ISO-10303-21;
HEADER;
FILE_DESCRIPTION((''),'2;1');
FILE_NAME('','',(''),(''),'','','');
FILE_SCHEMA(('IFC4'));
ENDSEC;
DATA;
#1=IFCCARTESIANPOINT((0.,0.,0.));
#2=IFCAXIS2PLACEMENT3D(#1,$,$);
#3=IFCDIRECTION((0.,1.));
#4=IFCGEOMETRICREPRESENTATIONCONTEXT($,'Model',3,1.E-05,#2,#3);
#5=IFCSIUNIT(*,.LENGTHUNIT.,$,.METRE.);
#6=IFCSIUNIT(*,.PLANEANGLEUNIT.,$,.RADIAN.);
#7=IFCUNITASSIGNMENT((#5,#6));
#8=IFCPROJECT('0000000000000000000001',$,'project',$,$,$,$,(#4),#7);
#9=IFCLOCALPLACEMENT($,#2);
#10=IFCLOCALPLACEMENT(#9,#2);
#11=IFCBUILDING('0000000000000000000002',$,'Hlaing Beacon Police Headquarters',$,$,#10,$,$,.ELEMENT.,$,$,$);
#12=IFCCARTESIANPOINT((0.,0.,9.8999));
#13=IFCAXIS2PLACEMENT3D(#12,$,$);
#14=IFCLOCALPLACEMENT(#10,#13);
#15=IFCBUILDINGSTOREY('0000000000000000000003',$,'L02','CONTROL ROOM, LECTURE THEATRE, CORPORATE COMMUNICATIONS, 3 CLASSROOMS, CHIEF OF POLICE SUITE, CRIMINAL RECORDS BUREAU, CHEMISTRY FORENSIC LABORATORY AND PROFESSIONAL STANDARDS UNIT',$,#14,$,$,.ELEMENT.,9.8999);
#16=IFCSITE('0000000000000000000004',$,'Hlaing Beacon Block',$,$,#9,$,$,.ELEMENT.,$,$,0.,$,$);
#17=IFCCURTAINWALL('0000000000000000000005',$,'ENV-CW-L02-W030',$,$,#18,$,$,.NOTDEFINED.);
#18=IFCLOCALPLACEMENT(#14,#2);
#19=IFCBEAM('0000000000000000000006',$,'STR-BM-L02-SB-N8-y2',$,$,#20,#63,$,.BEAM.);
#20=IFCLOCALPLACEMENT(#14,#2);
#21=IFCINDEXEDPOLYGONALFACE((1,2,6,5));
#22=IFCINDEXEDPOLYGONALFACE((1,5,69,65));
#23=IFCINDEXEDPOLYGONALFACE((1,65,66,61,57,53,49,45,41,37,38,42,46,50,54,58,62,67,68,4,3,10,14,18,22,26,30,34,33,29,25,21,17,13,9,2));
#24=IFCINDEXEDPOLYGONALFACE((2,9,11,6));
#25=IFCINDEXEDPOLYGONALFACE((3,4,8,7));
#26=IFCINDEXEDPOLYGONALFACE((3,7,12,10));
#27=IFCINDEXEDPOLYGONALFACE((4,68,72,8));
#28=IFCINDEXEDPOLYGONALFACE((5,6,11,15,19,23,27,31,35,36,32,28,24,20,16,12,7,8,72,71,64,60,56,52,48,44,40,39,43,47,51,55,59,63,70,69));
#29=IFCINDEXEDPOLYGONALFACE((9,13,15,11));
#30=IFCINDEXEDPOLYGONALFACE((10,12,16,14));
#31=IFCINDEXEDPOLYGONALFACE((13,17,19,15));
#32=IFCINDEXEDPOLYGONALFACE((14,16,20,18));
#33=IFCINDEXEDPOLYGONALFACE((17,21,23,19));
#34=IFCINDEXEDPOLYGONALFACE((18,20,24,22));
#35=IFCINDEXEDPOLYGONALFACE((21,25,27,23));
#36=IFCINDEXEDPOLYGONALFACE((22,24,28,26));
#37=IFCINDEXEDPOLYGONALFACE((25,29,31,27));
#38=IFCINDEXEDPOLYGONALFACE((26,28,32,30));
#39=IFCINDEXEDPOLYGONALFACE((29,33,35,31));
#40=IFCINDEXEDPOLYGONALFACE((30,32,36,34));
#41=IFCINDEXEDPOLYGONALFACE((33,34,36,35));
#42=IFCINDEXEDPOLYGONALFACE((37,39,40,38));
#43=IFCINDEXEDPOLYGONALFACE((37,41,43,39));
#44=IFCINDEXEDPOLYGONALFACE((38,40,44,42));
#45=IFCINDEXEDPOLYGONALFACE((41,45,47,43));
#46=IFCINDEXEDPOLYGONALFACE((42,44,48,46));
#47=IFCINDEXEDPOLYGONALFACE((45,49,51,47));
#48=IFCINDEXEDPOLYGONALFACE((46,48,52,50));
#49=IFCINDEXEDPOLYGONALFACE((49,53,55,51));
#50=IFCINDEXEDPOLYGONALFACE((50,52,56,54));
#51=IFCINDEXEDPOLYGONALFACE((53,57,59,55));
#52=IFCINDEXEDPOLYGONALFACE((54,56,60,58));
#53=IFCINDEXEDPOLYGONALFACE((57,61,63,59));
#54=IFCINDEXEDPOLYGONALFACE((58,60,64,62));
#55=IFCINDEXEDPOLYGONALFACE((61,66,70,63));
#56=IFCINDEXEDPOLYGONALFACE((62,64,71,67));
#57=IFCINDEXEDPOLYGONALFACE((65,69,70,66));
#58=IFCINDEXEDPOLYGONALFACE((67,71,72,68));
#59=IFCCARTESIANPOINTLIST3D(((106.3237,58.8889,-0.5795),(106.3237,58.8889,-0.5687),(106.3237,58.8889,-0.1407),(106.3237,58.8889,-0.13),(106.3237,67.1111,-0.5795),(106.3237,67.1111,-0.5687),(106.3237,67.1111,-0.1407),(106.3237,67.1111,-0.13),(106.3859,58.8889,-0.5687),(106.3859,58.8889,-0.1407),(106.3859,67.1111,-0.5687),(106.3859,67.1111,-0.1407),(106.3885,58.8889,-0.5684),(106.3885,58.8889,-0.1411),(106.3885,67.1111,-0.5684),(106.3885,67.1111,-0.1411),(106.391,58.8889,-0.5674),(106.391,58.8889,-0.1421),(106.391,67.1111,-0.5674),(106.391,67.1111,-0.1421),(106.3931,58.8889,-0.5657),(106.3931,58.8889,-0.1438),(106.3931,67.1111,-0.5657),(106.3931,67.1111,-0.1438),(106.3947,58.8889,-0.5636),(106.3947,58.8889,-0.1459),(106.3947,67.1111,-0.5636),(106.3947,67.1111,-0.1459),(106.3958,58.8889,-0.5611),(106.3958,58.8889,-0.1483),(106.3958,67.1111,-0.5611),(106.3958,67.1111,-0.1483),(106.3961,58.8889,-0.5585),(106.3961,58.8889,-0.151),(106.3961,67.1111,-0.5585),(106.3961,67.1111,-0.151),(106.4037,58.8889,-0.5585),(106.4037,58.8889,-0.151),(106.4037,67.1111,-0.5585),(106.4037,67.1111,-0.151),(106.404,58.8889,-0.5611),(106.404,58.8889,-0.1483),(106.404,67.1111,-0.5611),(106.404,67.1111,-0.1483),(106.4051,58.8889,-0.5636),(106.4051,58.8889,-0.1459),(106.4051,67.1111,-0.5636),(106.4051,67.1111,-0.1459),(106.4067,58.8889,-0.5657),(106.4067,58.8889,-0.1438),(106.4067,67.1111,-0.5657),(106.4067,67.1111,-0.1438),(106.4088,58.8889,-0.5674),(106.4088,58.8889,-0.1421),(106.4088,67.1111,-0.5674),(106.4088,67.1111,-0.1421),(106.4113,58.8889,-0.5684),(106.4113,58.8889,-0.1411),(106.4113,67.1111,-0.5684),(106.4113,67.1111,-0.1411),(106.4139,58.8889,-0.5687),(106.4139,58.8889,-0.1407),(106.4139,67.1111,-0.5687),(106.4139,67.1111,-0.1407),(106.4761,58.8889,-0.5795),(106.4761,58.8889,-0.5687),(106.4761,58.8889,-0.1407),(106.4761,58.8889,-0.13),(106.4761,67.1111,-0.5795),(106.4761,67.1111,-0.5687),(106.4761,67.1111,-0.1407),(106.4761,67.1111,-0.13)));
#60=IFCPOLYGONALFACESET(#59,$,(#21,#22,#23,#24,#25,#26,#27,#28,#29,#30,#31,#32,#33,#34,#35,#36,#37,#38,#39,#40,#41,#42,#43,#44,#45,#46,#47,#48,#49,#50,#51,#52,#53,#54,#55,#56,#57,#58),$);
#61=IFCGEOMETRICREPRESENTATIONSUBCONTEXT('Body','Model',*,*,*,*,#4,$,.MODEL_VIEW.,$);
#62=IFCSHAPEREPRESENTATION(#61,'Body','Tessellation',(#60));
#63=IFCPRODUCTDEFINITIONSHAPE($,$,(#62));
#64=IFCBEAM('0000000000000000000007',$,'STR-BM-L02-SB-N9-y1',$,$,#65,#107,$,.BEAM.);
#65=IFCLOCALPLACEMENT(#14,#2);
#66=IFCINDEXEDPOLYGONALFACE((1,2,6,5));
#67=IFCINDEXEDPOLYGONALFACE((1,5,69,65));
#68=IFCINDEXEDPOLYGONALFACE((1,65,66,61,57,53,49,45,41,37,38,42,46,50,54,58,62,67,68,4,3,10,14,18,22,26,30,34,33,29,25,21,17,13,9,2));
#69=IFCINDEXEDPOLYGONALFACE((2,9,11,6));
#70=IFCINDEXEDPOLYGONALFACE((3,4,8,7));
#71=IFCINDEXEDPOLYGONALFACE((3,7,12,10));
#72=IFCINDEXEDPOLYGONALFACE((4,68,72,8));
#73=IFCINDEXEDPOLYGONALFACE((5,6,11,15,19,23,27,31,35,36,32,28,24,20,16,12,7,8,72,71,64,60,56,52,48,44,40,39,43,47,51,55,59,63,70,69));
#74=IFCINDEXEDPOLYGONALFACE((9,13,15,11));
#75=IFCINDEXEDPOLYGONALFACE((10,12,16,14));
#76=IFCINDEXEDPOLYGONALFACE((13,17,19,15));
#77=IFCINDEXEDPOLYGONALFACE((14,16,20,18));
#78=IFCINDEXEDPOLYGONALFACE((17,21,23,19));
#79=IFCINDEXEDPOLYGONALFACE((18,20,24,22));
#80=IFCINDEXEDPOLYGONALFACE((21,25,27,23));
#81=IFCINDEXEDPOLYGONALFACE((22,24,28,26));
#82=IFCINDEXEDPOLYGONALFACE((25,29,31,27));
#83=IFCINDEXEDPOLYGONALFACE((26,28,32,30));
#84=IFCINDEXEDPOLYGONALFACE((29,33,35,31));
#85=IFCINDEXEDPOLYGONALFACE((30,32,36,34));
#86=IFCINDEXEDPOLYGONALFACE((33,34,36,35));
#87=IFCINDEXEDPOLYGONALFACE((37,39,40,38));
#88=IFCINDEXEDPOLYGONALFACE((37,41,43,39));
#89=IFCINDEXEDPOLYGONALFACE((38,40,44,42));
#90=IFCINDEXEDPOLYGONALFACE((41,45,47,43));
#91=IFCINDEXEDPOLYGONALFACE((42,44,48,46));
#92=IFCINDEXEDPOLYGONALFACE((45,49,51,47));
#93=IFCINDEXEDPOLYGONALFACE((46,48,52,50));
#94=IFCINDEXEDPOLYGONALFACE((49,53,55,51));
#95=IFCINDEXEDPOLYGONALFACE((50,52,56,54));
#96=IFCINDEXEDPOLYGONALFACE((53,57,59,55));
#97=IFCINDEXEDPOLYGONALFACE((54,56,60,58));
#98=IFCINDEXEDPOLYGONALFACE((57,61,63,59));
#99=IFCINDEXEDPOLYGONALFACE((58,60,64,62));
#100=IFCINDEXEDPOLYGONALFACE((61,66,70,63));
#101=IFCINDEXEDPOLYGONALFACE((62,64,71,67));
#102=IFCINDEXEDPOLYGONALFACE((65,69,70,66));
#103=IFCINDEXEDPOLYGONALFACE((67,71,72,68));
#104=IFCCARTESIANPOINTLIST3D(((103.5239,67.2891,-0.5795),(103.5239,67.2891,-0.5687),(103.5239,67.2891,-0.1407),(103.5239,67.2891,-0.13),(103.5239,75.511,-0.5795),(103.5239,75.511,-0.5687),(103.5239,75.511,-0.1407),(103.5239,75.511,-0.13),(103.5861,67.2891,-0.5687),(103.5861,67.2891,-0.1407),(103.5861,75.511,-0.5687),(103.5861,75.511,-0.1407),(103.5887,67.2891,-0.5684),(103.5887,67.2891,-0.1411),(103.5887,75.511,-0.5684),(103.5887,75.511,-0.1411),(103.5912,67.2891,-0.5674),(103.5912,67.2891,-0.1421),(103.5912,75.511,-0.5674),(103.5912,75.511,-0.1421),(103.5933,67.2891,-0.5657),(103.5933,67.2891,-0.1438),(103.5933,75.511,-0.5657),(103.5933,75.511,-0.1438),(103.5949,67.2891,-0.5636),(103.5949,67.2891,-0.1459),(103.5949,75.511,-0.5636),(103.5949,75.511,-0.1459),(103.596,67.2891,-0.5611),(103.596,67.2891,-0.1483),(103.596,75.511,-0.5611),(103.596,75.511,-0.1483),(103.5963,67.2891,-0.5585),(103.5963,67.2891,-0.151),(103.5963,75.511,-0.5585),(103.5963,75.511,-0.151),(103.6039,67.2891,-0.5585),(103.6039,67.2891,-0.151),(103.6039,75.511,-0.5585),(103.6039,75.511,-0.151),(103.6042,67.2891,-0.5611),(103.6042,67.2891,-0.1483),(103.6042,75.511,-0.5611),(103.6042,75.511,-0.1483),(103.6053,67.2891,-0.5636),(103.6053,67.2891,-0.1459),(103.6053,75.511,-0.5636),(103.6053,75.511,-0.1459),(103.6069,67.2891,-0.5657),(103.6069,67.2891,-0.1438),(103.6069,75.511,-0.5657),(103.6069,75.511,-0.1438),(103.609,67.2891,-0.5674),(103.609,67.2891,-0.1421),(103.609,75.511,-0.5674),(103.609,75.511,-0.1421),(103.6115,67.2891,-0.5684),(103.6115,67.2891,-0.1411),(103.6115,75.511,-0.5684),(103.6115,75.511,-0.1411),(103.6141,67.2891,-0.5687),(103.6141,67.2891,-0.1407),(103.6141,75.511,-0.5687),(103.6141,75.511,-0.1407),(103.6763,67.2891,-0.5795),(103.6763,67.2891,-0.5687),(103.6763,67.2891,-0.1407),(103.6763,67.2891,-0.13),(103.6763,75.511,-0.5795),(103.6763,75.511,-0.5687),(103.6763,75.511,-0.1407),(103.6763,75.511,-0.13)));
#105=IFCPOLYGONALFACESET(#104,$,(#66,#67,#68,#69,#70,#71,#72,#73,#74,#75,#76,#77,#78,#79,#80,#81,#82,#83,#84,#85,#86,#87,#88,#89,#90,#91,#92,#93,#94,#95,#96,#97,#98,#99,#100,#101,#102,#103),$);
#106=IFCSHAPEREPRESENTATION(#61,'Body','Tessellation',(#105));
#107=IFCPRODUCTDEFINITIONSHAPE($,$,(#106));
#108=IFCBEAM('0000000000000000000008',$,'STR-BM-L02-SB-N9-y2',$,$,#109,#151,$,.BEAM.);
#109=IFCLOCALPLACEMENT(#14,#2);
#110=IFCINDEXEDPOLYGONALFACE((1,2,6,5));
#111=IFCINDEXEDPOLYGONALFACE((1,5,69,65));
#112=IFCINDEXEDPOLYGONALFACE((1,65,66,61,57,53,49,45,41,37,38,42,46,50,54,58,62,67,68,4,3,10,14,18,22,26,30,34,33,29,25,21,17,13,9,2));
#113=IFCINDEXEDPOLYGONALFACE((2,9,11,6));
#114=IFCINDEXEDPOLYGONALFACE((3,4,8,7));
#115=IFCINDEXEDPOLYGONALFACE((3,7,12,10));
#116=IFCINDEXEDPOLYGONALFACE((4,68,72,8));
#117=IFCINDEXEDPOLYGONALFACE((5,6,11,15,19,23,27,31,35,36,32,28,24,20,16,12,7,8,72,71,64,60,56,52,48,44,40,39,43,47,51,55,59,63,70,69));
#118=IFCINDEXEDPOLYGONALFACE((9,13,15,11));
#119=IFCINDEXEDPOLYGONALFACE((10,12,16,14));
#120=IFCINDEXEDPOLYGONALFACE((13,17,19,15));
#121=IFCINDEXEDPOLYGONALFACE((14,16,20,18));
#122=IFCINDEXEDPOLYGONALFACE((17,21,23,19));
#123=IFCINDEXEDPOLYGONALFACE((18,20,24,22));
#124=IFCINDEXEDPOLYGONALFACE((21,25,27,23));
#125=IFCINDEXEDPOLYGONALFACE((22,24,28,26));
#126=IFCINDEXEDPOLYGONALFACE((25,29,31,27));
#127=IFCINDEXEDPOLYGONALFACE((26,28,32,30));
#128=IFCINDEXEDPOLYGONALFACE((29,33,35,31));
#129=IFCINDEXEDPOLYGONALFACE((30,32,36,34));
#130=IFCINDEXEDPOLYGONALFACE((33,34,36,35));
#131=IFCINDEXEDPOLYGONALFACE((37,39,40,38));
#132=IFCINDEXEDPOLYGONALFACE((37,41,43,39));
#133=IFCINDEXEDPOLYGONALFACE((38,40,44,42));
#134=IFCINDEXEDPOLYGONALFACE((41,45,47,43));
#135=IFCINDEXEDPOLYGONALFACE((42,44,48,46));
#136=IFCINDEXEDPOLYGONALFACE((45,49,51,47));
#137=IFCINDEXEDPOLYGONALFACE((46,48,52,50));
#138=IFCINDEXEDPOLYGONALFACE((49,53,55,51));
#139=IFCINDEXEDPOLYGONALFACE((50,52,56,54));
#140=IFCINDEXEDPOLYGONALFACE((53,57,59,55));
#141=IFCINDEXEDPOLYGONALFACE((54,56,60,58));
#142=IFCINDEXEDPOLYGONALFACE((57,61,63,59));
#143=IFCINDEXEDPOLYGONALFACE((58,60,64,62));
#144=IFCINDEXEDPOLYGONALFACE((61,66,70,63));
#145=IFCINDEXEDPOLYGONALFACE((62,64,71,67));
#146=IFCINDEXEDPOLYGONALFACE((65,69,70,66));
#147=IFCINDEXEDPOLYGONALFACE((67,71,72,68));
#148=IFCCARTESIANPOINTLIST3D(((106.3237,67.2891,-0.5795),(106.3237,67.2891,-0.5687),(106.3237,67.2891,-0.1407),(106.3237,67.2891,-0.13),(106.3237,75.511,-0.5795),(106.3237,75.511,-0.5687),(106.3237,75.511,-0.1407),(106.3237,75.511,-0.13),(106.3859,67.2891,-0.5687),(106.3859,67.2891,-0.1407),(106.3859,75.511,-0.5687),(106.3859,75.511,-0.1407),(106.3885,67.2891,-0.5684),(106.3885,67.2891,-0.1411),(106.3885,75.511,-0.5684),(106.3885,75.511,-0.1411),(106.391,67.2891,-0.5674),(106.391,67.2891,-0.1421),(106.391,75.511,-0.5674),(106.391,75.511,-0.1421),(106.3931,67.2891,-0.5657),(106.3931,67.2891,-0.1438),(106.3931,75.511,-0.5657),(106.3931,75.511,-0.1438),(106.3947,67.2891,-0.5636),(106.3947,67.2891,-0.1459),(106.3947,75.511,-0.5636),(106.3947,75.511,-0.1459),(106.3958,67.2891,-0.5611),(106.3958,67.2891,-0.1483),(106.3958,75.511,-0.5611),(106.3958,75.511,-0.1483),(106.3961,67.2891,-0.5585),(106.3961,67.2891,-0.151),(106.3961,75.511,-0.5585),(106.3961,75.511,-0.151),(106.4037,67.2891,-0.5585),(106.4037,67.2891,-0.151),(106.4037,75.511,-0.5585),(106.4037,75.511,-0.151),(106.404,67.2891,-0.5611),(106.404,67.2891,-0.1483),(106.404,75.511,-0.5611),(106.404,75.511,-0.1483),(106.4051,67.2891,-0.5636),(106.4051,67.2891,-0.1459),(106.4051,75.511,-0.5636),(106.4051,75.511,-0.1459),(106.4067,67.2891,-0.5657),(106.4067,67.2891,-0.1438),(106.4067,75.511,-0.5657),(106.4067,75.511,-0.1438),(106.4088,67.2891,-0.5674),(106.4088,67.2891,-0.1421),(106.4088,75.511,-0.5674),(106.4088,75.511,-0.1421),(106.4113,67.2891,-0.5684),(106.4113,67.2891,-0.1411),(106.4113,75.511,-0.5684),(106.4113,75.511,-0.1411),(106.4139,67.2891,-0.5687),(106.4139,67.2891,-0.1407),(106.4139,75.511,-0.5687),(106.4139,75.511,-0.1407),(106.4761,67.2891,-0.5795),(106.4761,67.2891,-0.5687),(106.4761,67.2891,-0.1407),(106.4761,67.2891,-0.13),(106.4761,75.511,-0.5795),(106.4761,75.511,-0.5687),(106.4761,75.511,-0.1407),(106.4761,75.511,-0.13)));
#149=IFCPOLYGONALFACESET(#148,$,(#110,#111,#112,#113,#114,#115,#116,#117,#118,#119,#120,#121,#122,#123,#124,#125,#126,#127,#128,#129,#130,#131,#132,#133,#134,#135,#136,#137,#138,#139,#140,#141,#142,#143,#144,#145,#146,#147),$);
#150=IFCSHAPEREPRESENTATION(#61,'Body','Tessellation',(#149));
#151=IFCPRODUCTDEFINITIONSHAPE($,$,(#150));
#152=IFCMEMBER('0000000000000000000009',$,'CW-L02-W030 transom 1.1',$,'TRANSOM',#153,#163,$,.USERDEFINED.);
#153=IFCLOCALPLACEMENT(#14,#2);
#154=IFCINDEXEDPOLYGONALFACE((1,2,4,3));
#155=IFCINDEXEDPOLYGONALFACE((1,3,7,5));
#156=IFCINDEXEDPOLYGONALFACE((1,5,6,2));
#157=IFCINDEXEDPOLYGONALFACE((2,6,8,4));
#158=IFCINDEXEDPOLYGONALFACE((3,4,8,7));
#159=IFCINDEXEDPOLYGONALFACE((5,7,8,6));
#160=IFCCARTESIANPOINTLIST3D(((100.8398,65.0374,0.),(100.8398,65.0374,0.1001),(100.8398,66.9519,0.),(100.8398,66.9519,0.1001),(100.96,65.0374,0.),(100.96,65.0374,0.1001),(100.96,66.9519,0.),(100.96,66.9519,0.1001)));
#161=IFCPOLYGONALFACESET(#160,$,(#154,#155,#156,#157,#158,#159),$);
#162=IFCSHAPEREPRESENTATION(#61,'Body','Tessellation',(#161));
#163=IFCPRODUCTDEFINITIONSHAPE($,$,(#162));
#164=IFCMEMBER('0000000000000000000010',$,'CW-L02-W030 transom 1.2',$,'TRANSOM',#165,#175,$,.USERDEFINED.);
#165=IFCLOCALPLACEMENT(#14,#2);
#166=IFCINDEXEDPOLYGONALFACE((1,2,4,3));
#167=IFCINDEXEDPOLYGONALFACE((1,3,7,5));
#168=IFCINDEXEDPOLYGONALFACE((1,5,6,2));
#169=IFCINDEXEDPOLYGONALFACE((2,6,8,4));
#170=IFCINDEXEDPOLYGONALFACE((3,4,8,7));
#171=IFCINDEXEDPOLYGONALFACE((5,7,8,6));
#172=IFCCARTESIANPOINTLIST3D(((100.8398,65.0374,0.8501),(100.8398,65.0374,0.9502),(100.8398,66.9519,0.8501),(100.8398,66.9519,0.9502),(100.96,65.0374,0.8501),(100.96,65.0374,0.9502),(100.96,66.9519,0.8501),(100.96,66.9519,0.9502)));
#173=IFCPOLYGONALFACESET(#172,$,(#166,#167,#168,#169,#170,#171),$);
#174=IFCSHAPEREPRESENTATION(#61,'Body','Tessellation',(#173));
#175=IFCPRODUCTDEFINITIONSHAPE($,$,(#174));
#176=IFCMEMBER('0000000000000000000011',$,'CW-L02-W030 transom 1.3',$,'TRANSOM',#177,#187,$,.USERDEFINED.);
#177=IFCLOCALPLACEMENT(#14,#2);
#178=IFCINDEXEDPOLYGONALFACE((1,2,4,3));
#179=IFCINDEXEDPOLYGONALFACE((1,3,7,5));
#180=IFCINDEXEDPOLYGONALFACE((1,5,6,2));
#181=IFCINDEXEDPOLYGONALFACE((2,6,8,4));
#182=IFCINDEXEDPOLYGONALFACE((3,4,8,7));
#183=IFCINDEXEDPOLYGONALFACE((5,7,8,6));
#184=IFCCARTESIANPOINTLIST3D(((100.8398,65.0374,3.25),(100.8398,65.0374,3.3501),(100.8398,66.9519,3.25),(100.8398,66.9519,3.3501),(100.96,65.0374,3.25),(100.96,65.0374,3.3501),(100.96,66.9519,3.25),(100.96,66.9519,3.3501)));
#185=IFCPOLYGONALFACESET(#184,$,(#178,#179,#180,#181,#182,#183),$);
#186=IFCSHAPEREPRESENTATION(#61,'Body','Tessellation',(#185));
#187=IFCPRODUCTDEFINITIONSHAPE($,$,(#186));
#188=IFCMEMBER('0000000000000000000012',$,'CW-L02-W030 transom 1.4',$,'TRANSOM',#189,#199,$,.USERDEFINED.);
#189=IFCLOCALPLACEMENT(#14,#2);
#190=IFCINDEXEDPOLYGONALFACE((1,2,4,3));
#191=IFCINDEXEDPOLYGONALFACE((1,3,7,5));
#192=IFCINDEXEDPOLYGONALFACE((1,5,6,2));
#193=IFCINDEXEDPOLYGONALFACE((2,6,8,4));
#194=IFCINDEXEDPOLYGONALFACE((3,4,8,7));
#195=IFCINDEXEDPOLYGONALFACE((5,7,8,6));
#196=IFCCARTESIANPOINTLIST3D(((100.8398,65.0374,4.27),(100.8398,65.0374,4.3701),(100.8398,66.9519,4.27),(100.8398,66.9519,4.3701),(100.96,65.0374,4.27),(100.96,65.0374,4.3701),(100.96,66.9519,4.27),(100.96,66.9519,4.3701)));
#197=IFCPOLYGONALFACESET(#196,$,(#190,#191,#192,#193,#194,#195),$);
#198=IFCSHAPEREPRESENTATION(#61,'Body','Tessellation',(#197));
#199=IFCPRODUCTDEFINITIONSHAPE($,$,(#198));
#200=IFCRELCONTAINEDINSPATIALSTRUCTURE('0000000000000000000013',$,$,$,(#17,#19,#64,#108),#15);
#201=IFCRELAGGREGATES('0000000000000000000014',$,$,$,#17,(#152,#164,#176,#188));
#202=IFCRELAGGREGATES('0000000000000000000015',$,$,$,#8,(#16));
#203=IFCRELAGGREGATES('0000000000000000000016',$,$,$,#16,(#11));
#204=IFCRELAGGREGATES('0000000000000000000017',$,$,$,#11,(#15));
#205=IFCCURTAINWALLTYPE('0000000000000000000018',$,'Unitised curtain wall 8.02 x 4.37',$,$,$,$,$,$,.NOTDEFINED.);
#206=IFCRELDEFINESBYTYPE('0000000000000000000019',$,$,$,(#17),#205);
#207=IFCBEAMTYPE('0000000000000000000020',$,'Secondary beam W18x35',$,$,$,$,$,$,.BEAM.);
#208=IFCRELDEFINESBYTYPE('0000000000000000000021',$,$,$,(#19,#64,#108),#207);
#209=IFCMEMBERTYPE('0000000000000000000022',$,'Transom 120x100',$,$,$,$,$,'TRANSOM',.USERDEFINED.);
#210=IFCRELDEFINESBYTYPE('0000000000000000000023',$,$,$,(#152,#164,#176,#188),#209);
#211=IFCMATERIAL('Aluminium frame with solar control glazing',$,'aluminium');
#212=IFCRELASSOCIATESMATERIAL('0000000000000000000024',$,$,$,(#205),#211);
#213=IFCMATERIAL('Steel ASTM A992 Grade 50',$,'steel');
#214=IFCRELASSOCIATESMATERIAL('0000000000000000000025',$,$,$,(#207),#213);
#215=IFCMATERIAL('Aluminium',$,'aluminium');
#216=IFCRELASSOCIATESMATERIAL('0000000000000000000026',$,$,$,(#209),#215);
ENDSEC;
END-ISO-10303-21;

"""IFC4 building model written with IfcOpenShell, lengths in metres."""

from ifc_helpers import new_model, si_unit, direction, frame, origin, origin_2d, place, context, subcontext, project, spatial, rectangle, i_section, extrude, material, material_profile, profile_set, type_object, element, aggregate, save


model = new_model("IFC4")

# Units and contexts
model_context = context("Model", 3, precision=1e-05, world=origin(), true_north=direction((0.0, 1.0)))
body_context = subcontext(model_context, "Body", "Model", "MODEL_VIEW")
ifc_project = project(units=[si_unit("LENGTHUNIT", "METRE"), si_unit("PLANEANGLEUNIT", "RADIAN")], contexts=[model_context])

# Site, building, storey
site_placement = place(None, origin())
site = spatial("IfcSite", under=ifc_project, at=site_placement, Name="Hlaing Beacon Block", CompositionType="ELEMENT", RefElevation=0.0)
building_placement = place(site_placement, origin())
building = spatial("IfcBuilding", under=site, at=building_placement, Name="Hlaing Beacon Police Headquarters", CompositionType="ELEMENT")
storey_placement = place(building_placement, frame((0.0, 0.0, 9.8999)))
storey = spatial("IfcBuildingStorey", under=building, at=storey_placement, Name="L02", Description="CONTROL ROOM, LECTURE THEATRE, CORPORATE COMMUNICATIONS, 3 CLASSROOMS, CHIEF OF POLICE SUITE, CRIMINAL RECORDS BUREAU, CHEMISTRY FORENSIC LABORATORY AND PROFESSIONAL STANDARDS UNIT", CompositionType="ELEMENT", Elevation=9.8999)

# Curtain wall
ifc_material_1 = material(Name="Aluminium frame with solar control glazing", Category="aluminium")
curtain_wall_type = type_object("IfcCurtainWallType", Name="Unitised curtain wall 8.02 x 4.37", PredefinedType="NOTDEFINED", material=ifc_material_1)
curtain_wall_placement = place(storey_placement, origin())
curtain_wall = element("IfcCurtainWall", 1, at=curtain_wall_placement, inside=storey, type_object=curtain_wall_type, Name="ENV-CW-L02-W030", PredefinedType="NOTDEFINED")

# Beams
ifc_material_2 = material(Name="Steel ASTM A992 Grade 50", Category="steel")
ifc_material_profile_1 = material_profile(ifc_material_2, i_section(OverallWidth=0.1523, OverallDepth=0.4495, WebThickness=0.0076, FlangeThickness=0.0107, FilletRadius=0.0103, at=origin_2d()), Name="W18x35")
ifc_profile_set_1 = profile_set([ifc_material_profile_1], Name="Steel ASTM A992 Grade 50")
beam_type_1 = type_object("IfcBeamType", Name="Secondary beam W18x35", PredefinedType="BEAM", material=ifc_profile_set_1)
for number, where, z_axis, x_axis, name in (
    (2, (106.3999, 58.8889, -0.3547), (0.0, 1.0, 0.0), (-1.0, 0.0, 0.0), "STR-BM-L02-SB-N8-y2"),
):
    element("IfcBeam", number, at=place(storey_placement, frame(where, z_axis=z_axis, x_axis=x_axis)), inside=storey, type_object=beam_type_1, Name=name, PredefinedType="BEAM", context=body_context, shape_type="SweptSolid", body=[
        extrude(i_section(OverallWidth=0.1523, OverallDepth=0.4495, WebThickness=0.0076, FlangeThickness=0.0107, FilletRadius=0.0103, at=origin_2d()), origin(), (0.0, 0.0, 1.0), 8.2222),
    ])
for number, where, z_axis, x_axis, name in (
    (3, (103.6001, 67.2891, -0.3547), (0.0, 1.0, 0.0), (-1.0, 0.0, 0.0), "STR-BM-L02-SB-N9-y1"),
    (4, (106.3999, 67.2891, -0.3547), (0.0, 1.0, 0.0), (-1.0, 0.0, 0.0), "STR-BM-L02-SB-N9-y2"),
):
    element("IfcBeam", number, at=place(storey_placement, frame(where, z_axis=z_axis, x_axis=x_axis)), inside=storey, type_object=beam_type_1, Name=name, PredefinedType="BEAM", context=body_context, shape_type="SweptSolid", body=[
        extrude(i_section(OverallWidth=0.1523, OverallDepth=0.4495, WebThickness=0.0076, FlangeThickness=0.0107, FilletRadius=0.0103, at=origin_2d()), origin(), (0.0, 0.0, 1.0), 8.2219),
    ])

# Members
ifc_material_3 = material(Name="Aluminium", Category="aluminium")
ifc_material_profile_2 = material_profile(ifc_material_3, rectangle(XDim=0.1201, YDim=0.1001, at=origin_2d()), Name="Transom 120x100")
ifc_profile_set_2 = profile_set([ifc_material_profile_2], Name="Aluminium")
member_type_1 = type_object("IfcMemberType", Name="Transom 120x100", ElementType="TRANSOM", PredefinedType="USERDEFINED", material=ifc_profile_set_2)
member_1_placement = place(storey_placement, frame((100.8999, 66.9519, 0.05), z_axis=(0.0, -1.0, 0.0), x_axis=(1.0, 0.0, 0.0)))
member_1 = element("IfcMember", 5, at=member_1_placement, type_object=member_type_1, Name="CW-L02-W030 transom 1.1", ObjectType="TRANSOM", PredefinedType="USERDEFINED", context=body_context, shape_type="SweptSolid", body=[
    extrude(rectangle(XDim=0.1201, YDim=0.1001, at=origin_2d()), origin(), (0.0, 0.0, 1.0), 1.9146),
])
member_2_placement = place(storey_placement, frame((100.8999, 66.9519, 0.9001), z_axis=(0.0, -1.0, 0.0), x_axis=(1.0, 0.0, 0.0)))
member_2 = element("IfcMember", 6, at=member_2_placement, type_object=member_type_1, Name="CW-L02-W030 transom 1.2", ObjectType="TRANSOM", PredefinedType="USERDEFINED", context=body_context, shape_type="SweptSolid", body=[
    extrude(rectangle(XDim=0.1201, YDim=0.1001, at=origin_2d()), origin(), (0.0, 0.0, 1.0), 1.9146),
])
member_3_placement = place(storey_placement, frame((100.8999, 66.9519, 3.3), z_axis=(0.0, -1.0, 0.0), x_axis=(1.0, 0.0, 0.0)))
member_3 = element("IfcMember", 7, at=member_3_placement, type_object=member_type_1, Name="CW-L02-W030 transom 1.3", ObjectType="TRANSOM", PredefinedType="USERDEFINED", context=body_context, shape_type="SweptSolid", body=[
    extrude(rectangle(XDim=0.1201, YDim=0.1001, at=origin_2d()), origin(), (0.0, 0.0, 1.0), 1.9146),
])
member_4_placement = place(storey_placement, frame((100.8999, 66.9519, 4.3201), z_axis=(0.0, -1.0, 0.0), x_axis=(1.0, 0.0, 0.0)))
member_4 = element("IfcMember", 8, at=member_4_placement, type_object=member_type_1, Name="CW-L02-W030 transom 1.4", ObjectType="TRANSOM", PredefinedType="USERDEFINED", context=body_context, shape_type="SweptSolid", body=[
    extrude(rectangle(XDim=0.1201, YDim=0.1001, at=origin_2d()), origin(), (0.0, 0.0, 1.0), 1.9146),
])

aggregate(curtain_wall, [member_1, member_2, member_3, member_4])

save(model, "model.ifc")
